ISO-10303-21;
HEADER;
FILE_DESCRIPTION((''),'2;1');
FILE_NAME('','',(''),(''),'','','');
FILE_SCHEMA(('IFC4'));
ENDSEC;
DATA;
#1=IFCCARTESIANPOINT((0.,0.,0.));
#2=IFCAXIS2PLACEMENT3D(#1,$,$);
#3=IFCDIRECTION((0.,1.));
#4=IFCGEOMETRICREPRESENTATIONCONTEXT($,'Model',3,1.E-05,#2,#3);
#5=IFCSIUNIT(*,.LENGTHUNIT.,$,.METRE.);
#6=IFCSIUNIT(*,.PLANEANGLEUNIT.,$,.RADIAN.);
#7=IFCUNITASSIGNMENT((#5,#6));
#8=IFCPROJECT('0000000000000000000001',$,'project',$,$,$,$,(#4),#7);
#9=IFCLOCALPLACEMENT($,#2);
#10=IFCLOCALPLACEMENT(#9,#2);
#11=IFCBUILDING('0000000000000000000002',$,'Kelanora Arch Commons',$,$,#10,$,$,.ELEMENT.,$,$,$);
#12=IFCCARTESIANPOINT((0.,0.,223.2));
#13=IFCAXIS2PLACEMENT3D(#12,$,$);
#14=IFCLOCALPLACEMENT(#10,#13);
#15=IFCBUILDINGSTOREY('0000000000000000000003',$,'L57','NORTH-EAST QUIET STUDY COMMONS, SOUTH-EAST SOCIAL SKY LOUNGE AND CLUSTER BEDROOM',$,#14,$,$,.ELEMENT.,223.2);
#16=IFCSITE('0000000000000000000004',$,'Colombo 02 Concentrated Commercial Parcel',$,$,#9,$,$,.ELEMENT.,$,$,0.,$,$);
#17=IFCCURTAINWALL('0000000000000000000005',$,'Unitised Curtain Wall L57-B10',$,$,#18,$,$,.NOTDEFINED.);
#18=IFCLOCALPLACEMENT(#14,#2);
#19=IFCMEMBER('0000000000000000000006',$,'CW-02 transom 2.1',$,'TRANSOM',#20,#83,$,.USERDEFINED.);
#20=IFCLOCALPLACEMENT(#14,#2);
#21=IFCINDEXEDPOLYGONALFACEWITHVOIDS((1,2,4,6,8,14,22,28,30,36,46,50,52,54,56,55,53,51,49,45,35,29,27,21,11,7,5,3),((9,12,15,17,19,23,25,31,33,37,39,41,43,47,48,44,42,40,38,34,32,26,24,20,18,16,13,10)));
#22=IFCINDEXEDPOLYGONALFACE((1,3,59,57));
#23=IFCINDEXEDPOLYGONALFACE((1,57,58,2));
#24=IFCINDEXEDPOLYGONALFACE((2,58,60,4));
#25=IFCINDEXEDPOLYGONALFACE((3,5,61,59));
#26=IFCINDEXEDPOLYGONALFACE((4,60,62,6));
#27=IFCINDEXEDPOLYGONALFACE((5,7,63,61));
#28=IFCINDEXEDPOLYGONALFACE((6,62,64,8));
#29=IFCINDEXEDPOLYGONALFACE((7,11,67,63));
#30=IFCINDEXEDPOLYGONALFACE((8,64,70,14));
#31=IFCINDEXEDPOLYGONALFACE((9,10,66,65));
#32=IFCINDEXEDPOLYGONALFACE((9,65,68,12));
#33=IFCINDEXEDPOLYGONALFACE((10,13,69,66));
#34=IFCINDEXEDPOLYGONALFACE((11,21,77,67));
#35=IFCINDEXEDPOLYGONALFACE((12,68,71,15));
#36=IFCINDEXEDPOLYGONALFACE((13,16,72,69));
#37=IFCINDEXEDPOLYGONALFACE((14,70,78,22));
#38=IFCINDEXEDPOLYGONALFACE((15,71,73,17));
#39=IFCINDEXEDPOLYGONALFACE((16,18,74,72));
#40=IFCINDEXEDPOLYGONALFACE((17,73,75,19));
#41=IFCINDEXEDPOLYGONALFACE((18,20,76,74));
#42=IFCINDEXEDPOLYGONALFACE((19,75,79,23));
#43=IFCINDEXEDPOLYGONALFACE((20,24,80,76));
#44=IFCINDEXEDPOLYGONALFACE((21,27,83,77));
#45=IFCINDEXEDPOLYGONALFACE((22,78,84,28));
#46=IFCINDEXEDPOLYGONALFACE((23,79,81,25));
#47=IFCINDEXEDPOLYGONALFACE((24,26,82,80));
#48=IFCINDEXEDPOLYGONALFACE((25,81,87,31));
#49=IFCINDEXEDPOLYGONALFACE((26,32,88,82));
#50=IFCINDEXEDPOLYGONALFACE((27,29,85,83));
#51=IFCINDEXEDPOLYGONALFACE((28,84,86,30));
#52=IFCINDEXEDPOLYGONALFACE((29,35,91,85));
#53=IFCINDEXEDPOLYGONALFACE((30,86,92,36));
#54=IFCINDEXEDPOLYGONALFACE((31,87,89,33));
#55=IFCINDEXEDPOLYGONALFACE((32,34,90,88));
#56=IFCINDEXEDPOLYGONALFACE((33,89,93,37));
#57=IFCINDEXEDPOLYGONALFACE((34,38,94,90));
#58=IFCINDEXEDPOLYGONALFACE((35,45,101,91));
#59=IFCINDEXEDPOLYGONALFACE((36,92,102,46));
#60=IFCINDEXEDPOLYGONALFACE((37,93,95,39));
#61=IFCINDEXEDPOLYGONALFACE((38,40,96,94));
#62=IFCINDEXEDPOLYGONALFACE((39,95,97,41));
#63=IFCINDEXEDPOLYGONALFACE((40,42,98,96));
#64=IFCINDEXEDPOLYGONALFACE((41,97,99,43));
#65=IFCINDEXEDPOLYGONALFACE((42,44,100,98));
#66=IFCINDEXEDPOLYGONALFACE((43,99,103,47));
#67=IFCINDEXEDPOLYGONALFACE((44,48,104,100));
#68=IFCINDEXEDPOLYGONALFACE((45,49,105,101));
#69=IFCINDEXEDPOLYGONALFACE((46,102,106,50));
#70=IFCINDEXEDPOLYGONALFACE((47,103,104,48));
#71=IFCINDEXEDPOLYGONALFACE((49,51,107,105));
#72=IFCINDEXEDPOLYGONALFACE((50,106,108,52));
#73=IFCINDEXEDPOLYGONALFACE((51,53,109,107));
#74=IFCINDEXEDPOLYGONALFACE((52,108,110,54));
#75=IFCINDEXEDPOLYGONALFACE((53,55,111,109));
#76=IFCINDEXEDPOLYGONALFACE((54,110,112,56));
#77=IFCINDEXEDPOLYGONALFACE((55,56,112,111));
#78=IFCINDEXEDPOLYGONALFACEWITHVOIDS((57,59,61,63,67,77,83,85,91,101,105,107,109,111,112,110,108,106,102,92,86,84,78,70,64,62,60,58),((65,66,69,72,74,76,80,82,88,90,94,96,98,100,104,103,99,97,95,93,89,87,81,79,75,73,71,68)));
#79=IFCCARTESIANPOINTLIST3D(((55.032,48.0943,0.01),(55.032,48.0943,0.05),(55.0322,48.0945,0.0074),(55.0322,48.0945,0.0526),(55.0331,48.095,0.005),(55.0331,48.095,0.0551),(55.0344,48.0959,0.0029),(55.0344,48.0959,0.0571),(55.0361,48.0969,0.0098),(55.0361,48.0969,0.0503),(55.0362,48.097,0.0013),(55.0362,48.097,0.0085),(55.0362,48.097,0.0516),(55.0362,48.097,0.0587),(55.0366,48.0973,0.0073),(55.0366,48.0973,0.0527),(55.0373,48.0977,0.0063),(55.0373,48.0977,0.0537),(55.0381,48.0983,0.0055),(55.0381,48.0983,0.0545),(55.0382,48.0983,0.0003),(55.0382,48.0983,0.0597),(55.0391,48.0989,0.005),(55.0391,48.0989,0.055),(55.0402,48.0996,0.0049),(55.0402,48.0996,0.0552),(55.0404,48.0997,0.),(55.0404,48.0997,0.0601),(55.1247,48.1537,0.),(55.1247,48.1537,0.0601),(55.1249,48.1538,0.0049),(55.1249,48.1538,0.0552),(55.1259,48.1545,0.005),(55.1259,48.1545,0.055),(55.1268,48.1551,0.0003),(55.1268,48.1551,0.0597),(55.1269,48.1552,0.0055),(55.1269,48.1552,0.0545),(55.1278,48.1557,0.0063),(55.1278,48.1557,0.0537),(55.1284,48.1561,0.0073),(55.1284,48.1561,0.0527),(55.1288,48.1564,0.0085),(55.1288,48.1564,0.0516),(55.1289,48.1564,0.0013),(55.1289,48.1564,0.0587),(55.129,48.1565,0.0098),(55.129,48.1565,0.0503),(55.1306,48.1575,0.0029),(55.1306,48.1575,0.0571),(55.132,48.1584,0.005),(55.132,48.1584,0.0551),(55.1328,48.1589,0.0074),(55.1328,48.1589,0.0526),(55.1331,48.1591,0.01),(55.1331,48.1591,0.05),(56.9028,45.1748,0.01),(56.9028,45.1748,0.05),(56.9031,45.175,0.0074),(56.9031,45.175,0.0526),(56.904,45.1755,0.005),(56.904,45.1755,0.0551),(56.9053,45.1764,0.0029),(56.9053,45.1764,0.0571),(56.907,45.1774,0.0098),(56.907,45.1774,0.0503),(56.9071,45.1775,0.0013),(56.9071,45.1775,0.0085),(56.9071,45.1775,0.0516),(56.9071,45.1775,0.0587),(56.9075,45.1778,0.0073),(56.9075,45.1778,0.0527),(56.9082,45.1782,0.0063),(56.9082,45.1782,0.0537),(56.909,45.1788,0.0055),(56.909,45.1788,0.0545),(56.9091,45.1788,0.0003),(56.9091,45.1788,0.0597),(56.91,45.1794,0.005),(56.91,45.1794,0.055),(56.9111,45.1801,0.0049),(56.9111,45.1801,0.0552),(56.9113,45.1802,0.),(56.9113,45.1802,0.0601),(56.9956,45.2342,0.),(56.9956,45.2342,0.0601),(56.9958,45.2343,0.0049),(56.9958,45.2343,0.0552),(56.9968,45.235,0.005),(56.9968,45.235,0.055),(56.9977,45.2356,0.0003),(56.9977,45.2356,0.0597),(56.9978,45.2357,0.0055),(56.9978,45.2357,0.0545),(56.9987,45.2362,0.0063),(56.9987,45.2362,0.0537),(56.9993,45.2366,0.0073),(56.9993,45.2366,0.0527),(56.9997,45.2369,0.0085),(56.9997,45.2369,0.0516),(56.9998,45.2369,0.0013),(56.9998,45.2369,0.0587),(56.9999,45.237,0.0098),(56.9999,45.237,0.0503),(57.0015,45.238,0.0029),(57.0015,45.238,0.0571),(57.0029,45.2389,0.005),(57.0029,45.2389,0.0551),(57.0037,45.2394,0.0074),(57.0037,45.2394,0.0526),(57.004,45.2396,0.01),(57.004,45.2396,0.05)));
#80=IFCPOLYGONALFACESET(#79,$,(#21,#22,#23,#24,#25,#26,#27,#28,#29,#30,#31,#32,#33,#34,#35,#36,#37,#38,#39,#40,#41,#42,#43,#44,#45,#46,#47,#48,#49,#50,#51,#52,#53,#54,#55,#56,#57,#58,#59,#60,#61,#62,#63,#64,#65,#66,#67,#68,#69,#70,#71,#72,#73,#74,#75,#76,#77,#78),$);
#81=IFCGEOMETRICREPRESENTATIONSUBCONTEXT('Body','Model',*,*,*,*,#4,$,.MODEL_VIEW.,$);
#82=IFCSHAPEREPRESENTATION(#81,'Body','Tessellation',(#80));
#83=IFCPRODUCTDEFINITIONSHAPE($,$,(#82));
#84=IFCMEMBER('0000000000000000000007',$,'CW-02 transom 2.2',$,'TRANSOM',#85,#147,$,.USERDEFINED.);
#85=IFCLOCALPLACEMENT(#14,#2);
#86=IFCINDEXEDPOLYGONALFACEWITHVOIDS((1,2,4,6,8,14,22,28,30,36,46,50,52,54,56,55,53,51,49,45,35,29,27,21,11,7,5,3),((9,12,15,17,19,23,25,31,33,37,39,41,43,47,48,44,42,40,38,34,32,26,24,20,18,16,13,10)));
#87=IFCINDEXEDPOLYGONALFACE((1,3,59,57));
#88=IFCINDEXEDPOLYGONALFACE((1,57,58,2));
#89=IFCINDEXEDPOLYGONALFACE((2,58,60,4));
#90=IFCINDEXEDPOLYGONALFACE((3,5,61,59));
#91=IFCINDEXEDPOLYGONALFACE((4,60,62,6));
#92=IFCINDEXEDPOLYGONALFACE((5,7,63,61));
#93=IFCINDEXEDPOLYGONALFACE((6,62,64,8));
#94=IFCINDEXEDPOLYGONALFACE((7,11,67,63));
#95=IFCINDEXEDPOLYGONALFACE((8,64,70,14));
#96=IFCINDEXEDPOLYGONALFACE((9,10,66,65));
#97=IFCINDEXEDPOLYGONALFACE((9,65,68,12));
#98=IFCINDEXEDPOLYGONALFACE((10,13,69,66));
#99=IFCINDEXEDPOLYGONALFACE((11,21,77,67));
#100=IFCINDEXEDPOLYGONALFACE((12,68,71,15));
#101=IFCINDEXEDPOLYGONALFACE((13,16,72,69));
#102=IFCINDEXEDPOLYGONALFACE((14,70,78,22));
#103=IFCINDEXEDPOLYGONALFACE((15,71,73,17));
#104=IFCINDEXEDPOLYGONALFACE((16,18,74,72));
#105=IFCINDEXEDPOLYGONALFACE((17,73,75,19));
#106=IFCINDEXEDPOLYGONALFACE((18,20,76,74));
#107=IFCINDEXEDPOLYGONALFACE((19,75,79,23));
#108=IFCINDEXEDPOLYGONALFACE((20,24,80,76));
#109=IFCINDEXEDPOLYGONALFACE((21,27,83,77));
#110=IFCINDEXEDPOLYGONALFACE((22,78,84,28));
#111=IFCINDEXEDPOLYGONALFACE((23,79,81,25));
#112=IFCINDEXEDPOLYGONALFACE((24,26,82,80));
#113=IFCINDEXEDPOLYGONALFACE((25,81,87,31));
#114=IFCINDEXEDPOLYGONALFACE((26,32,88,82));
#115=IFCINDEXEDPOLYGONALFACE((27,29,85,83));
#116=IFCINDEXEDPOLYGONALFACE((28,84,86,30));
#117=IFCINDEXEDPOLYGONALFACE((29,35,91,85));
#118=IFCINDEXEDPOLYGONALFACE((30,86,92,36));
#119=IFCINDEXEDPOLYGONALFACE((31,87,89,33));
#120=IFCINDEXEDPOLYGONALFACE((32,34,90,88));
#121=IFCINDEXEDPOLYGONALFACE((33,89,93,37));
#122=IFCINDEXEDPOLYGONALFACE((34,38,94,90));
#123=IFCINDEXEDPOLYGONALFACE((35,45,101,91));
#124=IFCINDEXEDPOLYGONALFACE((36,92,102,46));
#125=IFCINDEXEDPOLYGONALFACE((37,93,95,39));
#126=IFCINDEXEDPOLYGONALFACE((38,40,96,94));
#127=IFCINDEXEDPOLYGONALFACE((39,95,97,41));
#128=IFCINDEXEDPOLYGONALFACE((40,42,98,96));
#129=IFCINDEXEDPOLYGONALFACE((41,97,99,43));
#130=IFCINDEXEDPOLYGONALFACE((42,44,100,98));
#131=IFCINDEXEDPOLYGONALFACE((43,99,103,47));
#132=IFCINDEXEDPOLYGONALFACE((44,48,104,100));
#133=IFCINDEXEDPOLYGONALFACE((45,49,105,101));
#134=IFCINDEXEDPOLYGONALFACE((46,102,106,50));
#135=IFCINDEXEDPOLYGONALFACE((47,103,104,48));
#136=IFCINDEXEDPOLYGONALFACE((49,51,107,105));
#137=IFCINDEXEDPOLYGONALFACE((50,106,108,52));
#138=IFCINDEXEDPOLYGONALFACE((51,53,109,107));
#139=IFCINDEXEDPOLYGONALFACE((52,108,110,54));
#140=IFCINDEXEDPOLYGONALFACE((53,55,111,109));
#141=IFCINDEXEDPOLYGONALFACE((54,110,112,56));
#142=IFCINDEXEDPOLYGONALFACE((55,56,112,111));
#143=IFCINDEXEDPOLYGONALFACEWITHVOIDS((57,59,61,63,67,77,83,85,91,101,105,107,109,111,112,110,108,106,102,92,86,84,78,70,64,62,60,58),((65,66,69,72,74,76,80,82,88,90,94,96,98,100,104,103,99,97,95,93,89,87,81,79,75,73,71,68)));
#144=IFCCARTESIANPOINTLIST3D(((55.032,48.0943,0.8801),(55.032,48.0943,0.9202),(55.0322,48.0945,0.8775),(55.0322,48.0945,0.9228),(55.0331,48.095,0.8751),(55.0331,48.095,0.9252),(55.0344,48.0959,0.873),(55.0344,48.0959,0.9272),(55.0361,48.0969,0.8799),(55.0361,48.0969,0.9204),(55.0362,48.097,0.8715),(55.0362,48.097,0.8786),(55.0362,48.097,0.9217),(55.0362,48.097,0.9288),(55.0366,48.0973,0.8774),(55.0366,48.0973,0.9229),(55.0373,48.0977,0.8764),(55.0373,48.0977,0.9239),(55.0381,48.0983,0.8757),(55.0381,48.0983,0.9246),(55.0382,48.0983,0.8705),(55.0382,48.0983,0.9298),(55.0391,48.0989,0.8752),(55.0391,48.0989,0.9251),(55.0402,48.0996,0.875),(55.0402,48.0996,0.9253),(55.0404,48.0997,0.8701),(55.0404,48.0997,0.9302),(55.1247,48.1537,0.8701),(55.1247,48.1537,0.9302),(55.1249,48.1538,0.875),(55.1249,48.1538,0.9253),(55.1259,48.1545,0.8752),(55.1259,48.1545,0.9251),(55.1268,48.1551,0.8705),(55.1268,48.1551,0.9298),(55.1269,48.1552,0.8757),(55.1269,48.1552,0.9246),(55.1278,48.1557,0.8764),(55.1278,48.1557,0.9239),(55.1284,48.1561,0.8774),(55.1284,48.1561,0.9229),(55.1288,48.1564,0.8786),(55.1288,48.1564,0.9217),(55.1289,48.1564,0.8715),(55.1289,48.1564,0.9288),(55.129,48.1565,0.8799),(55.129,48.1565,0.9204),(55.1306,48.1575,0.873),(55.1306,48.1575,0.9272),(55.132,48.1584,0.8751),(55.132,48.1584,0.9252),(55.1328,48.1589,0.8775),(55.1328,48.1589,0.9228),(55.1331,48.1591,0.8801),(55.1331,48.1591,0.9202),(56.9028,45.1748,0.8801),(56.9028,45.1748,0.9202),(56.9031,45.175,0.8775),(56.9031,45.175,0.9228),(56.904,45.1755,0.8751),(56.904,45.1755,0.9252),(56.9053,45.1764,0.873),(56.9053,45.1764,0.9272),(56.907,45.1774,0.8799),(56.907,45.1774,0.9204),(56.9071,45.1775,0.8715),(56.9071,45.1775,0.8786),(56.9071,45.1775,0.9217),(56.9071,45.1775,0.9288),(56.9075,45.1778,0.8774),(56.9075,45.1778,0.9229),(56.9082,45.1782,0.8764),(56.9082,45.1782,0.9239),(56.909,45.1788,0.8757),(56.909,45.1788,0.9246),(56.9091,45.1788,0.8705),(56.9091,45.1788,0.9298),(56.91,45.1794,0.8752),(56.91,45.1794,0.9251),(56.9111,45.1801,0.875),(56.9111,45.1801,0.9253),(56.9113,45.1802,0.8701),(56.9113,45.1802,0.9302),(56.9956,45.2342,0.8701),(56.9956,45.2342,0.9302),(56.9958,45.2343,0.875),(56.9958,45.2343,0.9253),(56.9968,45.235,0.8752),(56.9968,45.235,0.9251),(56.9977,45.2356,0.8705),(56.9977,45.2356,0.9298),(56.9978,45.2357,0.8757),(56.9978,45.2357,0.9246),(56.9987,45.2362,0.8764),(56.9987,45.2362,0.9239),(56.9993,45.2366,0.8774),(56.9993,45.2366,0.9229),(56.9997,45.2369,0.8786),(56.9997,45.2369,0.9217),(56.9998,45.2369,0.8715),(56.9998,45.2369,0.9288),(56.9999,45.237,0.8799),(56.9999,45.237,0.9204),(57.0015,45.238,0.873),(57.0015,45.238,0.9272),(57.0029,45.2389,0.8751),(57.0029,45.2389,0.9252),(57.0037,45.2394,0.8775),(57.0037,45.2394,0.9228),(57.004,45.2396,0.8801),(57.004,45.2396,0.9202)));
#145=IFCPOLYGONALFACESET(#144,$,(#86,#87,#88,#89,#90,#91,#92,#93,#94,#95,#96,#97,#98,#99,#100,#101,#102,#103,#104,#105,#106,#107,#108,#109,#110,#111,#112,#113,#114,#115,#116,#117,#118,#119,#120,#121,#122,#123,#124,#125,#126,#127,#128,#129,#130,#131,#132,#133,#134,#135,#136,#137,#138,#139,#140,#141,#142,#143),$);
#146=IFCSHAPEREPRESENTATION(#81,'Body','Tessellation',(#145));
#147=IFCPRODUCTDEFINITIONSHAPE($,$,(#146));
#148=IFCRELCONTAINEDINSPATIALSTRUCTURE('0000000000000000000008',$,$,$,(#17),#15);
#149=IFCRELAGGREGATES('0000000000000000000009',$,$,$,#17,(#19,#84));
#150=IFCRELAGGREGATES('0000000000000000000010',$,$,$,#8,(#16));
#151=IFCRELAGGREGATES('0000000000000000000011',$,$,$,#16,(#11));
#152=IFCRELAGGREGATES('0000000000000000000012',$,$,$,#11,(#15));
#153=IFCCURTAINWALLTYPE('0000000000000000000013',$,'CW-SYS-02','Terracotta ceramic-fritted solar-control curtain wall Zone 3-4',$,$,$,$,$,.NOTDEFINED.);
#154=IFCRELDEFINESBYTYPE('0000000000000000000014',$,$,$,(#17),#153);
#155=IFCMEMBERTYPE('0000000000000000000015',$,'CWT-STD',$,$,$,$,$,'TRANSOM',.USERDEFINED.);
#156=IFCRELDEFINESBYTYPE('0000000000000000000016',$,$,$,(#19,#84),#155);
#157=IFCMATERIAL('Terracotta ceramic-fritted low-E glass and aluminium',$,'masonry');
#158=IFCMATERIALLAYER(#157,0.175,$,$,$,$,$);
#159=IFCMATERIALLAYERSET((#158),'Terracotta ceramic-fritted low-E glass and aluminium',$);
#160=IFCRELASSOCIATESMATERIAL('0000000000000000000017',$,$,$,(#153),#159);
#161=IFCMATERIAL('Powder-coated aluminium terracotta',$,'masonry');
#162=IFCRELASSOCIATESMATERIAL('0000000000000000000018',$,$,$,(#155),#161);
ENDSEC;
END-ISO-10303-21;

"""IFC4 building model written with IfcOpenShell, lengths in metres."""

from ifc_helpers import new_model, si_unit, direction, frame, origin, origin_2d, place, context, subcontext, project, spatial, hollow_rectangle, extrude, material, layer, layer_set, material_profile, profile_set, type_object, element, aggregate, save


model = new_model("IFC4")

# Units and contexts
model_context = context("Model", 3, precision=1e-05, world=origin(), true_north=direction((0.0, 1.0)))
body_context = subcontext(model_context, "Body", "Model", "MODEL_VIEW")
ifc_project = project(units=[si_unit("LENGTHUNIT", "METRE"), si_unit("PLANEANGLEUNIT", "RADIAN")], contexts=[model_context])

# Site, building, storey
site_placement = place(None, origin())
site = spatial("IfcSite", under=ifc_project, at=site_placement, Name="Colombo 02 Concentrated Commercial Parcel", CompositionType="ELEMENT", RefElevation=0.0)
building_placement = place(site_placement, origin())
building = spatial("IfcBuilding", under=site, at=building_placement, Name="Kelanora Arch Commons", CompositionType="ELEMENT")
storey_placement = place(building_placement, frame((0.0, 0.0, 223.2)))
storey = spatial("IfcBuildingStorey", under=building, at=storey_placement, Name="L57", Description="NORTH-EAST QUIET STUDY COMMONS, SOUTH-EAST SOCIAL SKY LOUNGE AND CLUSTER BEDROOM", CompositionType="ELEMENT", Elevation=223.2)

# Curtain wall, members
ifc_material_1 = material(Name="Terracotta ceramic-fritted low-E glass and aluminium", Category="masonry")
ifc_layer_1 = layer(ifc_material_1, 0.175)
ifc_layer_set_1 = layer_set([ifc_layer_1], Name="Terracotta ceramic-fritted low-E glass and aluminium")
curtain_wall_type = type_object("IfcCurtainWallType", Name="CW-SYS-02", Description="Terracotta ceramic-fritted solar-control curtain wall Zone 3-4", PredefinedType="NOTDEFINED", material=ifc_layer_set_1)
curtain_wall_placement = place(storey_placement, origin())
curtain_wall = element("IfcCurtainWall", 1, at=curtain_wall_placement, inside=storey, type_object=curtain_wall_type, Name="Unitised Curtain Wall L57-B10", PredefinedType="NOTDEFINED")
ifc_material_2 = material(Name="Powder-coated aluminium terracotta", Category="masonry")
ifc_material_profile_1 = material_profile(ifc_material_2, hollow_rectangle(XDim=0.1201, YDim=0.0601, WallThickness=0.0049, InnerFilletRadius=0.0049, OuterFilletRadius=0.01, at=origin_2d()), Name="CWT120x60")
ifc_profile_set_1 = profile_set([ifc_material_profile_1], Name="Powder-coated aluminium terracotta")
member_type_1 = type_object("IfcMemberType", Name="CWT-STD", ElementType="TRANSOM", PredefinedType="USERDEFINED", material=ifc_profile_set_1)
member_1_placement = place(storey_placement, frame((55.0825, 48.1267, 0.03), z_axis=(0.539547, -0.841955, 0.0), x_axis=(0.841955, 0.539547, 0.0)))
member_1 = element("IfcMember", 2, at=member_1_placement, type_object=member_type_1, Name="CW-02 transom 2.1", ObjectType="TRANSOM", PredefinedType="USERDEFINED", context=body_context, shape_type="SweptSolid", body=[
    extrude(hollow_rectangle(XDim=0.1201, YDim=0.0601, WallThickness=0.0049, InnerFilletRadius=0.0049, OuterFilletRadius=0.01, at=origin_2d()), origin(), (0.0, 0.0, 1.0), 3.4675),
])
member_2_placement = place(storey_placement, frame((55.0825, 48.1267, 0.9001), z_axis=(0.539547, -0.841955, 0.0), x_axis=(0.841955, 0.539547, 0.0)))
member_2 = element("IfcMember", 3, at=member_2_placement, type_object=member_type_1, Name="CW-02 transom 2.2", ObjectType="TRANSOM", PredefinedType="USERDEFINED", context=body_context, shape_type="SweptSolid", body=[
    extrude(hollow_rectangle(XDim=0.1201, YDim=0.0601, WallThickness=0.0049, InnerFilletRadius=0.0049, OuterFilletRadius=0.01, at=origin_2d()), origin(), (0.0, 0.0, 1.0), 3.4675),
])

aggregate(curtain_wall, [member_1, member_2])

save(model, "model.ifc")
